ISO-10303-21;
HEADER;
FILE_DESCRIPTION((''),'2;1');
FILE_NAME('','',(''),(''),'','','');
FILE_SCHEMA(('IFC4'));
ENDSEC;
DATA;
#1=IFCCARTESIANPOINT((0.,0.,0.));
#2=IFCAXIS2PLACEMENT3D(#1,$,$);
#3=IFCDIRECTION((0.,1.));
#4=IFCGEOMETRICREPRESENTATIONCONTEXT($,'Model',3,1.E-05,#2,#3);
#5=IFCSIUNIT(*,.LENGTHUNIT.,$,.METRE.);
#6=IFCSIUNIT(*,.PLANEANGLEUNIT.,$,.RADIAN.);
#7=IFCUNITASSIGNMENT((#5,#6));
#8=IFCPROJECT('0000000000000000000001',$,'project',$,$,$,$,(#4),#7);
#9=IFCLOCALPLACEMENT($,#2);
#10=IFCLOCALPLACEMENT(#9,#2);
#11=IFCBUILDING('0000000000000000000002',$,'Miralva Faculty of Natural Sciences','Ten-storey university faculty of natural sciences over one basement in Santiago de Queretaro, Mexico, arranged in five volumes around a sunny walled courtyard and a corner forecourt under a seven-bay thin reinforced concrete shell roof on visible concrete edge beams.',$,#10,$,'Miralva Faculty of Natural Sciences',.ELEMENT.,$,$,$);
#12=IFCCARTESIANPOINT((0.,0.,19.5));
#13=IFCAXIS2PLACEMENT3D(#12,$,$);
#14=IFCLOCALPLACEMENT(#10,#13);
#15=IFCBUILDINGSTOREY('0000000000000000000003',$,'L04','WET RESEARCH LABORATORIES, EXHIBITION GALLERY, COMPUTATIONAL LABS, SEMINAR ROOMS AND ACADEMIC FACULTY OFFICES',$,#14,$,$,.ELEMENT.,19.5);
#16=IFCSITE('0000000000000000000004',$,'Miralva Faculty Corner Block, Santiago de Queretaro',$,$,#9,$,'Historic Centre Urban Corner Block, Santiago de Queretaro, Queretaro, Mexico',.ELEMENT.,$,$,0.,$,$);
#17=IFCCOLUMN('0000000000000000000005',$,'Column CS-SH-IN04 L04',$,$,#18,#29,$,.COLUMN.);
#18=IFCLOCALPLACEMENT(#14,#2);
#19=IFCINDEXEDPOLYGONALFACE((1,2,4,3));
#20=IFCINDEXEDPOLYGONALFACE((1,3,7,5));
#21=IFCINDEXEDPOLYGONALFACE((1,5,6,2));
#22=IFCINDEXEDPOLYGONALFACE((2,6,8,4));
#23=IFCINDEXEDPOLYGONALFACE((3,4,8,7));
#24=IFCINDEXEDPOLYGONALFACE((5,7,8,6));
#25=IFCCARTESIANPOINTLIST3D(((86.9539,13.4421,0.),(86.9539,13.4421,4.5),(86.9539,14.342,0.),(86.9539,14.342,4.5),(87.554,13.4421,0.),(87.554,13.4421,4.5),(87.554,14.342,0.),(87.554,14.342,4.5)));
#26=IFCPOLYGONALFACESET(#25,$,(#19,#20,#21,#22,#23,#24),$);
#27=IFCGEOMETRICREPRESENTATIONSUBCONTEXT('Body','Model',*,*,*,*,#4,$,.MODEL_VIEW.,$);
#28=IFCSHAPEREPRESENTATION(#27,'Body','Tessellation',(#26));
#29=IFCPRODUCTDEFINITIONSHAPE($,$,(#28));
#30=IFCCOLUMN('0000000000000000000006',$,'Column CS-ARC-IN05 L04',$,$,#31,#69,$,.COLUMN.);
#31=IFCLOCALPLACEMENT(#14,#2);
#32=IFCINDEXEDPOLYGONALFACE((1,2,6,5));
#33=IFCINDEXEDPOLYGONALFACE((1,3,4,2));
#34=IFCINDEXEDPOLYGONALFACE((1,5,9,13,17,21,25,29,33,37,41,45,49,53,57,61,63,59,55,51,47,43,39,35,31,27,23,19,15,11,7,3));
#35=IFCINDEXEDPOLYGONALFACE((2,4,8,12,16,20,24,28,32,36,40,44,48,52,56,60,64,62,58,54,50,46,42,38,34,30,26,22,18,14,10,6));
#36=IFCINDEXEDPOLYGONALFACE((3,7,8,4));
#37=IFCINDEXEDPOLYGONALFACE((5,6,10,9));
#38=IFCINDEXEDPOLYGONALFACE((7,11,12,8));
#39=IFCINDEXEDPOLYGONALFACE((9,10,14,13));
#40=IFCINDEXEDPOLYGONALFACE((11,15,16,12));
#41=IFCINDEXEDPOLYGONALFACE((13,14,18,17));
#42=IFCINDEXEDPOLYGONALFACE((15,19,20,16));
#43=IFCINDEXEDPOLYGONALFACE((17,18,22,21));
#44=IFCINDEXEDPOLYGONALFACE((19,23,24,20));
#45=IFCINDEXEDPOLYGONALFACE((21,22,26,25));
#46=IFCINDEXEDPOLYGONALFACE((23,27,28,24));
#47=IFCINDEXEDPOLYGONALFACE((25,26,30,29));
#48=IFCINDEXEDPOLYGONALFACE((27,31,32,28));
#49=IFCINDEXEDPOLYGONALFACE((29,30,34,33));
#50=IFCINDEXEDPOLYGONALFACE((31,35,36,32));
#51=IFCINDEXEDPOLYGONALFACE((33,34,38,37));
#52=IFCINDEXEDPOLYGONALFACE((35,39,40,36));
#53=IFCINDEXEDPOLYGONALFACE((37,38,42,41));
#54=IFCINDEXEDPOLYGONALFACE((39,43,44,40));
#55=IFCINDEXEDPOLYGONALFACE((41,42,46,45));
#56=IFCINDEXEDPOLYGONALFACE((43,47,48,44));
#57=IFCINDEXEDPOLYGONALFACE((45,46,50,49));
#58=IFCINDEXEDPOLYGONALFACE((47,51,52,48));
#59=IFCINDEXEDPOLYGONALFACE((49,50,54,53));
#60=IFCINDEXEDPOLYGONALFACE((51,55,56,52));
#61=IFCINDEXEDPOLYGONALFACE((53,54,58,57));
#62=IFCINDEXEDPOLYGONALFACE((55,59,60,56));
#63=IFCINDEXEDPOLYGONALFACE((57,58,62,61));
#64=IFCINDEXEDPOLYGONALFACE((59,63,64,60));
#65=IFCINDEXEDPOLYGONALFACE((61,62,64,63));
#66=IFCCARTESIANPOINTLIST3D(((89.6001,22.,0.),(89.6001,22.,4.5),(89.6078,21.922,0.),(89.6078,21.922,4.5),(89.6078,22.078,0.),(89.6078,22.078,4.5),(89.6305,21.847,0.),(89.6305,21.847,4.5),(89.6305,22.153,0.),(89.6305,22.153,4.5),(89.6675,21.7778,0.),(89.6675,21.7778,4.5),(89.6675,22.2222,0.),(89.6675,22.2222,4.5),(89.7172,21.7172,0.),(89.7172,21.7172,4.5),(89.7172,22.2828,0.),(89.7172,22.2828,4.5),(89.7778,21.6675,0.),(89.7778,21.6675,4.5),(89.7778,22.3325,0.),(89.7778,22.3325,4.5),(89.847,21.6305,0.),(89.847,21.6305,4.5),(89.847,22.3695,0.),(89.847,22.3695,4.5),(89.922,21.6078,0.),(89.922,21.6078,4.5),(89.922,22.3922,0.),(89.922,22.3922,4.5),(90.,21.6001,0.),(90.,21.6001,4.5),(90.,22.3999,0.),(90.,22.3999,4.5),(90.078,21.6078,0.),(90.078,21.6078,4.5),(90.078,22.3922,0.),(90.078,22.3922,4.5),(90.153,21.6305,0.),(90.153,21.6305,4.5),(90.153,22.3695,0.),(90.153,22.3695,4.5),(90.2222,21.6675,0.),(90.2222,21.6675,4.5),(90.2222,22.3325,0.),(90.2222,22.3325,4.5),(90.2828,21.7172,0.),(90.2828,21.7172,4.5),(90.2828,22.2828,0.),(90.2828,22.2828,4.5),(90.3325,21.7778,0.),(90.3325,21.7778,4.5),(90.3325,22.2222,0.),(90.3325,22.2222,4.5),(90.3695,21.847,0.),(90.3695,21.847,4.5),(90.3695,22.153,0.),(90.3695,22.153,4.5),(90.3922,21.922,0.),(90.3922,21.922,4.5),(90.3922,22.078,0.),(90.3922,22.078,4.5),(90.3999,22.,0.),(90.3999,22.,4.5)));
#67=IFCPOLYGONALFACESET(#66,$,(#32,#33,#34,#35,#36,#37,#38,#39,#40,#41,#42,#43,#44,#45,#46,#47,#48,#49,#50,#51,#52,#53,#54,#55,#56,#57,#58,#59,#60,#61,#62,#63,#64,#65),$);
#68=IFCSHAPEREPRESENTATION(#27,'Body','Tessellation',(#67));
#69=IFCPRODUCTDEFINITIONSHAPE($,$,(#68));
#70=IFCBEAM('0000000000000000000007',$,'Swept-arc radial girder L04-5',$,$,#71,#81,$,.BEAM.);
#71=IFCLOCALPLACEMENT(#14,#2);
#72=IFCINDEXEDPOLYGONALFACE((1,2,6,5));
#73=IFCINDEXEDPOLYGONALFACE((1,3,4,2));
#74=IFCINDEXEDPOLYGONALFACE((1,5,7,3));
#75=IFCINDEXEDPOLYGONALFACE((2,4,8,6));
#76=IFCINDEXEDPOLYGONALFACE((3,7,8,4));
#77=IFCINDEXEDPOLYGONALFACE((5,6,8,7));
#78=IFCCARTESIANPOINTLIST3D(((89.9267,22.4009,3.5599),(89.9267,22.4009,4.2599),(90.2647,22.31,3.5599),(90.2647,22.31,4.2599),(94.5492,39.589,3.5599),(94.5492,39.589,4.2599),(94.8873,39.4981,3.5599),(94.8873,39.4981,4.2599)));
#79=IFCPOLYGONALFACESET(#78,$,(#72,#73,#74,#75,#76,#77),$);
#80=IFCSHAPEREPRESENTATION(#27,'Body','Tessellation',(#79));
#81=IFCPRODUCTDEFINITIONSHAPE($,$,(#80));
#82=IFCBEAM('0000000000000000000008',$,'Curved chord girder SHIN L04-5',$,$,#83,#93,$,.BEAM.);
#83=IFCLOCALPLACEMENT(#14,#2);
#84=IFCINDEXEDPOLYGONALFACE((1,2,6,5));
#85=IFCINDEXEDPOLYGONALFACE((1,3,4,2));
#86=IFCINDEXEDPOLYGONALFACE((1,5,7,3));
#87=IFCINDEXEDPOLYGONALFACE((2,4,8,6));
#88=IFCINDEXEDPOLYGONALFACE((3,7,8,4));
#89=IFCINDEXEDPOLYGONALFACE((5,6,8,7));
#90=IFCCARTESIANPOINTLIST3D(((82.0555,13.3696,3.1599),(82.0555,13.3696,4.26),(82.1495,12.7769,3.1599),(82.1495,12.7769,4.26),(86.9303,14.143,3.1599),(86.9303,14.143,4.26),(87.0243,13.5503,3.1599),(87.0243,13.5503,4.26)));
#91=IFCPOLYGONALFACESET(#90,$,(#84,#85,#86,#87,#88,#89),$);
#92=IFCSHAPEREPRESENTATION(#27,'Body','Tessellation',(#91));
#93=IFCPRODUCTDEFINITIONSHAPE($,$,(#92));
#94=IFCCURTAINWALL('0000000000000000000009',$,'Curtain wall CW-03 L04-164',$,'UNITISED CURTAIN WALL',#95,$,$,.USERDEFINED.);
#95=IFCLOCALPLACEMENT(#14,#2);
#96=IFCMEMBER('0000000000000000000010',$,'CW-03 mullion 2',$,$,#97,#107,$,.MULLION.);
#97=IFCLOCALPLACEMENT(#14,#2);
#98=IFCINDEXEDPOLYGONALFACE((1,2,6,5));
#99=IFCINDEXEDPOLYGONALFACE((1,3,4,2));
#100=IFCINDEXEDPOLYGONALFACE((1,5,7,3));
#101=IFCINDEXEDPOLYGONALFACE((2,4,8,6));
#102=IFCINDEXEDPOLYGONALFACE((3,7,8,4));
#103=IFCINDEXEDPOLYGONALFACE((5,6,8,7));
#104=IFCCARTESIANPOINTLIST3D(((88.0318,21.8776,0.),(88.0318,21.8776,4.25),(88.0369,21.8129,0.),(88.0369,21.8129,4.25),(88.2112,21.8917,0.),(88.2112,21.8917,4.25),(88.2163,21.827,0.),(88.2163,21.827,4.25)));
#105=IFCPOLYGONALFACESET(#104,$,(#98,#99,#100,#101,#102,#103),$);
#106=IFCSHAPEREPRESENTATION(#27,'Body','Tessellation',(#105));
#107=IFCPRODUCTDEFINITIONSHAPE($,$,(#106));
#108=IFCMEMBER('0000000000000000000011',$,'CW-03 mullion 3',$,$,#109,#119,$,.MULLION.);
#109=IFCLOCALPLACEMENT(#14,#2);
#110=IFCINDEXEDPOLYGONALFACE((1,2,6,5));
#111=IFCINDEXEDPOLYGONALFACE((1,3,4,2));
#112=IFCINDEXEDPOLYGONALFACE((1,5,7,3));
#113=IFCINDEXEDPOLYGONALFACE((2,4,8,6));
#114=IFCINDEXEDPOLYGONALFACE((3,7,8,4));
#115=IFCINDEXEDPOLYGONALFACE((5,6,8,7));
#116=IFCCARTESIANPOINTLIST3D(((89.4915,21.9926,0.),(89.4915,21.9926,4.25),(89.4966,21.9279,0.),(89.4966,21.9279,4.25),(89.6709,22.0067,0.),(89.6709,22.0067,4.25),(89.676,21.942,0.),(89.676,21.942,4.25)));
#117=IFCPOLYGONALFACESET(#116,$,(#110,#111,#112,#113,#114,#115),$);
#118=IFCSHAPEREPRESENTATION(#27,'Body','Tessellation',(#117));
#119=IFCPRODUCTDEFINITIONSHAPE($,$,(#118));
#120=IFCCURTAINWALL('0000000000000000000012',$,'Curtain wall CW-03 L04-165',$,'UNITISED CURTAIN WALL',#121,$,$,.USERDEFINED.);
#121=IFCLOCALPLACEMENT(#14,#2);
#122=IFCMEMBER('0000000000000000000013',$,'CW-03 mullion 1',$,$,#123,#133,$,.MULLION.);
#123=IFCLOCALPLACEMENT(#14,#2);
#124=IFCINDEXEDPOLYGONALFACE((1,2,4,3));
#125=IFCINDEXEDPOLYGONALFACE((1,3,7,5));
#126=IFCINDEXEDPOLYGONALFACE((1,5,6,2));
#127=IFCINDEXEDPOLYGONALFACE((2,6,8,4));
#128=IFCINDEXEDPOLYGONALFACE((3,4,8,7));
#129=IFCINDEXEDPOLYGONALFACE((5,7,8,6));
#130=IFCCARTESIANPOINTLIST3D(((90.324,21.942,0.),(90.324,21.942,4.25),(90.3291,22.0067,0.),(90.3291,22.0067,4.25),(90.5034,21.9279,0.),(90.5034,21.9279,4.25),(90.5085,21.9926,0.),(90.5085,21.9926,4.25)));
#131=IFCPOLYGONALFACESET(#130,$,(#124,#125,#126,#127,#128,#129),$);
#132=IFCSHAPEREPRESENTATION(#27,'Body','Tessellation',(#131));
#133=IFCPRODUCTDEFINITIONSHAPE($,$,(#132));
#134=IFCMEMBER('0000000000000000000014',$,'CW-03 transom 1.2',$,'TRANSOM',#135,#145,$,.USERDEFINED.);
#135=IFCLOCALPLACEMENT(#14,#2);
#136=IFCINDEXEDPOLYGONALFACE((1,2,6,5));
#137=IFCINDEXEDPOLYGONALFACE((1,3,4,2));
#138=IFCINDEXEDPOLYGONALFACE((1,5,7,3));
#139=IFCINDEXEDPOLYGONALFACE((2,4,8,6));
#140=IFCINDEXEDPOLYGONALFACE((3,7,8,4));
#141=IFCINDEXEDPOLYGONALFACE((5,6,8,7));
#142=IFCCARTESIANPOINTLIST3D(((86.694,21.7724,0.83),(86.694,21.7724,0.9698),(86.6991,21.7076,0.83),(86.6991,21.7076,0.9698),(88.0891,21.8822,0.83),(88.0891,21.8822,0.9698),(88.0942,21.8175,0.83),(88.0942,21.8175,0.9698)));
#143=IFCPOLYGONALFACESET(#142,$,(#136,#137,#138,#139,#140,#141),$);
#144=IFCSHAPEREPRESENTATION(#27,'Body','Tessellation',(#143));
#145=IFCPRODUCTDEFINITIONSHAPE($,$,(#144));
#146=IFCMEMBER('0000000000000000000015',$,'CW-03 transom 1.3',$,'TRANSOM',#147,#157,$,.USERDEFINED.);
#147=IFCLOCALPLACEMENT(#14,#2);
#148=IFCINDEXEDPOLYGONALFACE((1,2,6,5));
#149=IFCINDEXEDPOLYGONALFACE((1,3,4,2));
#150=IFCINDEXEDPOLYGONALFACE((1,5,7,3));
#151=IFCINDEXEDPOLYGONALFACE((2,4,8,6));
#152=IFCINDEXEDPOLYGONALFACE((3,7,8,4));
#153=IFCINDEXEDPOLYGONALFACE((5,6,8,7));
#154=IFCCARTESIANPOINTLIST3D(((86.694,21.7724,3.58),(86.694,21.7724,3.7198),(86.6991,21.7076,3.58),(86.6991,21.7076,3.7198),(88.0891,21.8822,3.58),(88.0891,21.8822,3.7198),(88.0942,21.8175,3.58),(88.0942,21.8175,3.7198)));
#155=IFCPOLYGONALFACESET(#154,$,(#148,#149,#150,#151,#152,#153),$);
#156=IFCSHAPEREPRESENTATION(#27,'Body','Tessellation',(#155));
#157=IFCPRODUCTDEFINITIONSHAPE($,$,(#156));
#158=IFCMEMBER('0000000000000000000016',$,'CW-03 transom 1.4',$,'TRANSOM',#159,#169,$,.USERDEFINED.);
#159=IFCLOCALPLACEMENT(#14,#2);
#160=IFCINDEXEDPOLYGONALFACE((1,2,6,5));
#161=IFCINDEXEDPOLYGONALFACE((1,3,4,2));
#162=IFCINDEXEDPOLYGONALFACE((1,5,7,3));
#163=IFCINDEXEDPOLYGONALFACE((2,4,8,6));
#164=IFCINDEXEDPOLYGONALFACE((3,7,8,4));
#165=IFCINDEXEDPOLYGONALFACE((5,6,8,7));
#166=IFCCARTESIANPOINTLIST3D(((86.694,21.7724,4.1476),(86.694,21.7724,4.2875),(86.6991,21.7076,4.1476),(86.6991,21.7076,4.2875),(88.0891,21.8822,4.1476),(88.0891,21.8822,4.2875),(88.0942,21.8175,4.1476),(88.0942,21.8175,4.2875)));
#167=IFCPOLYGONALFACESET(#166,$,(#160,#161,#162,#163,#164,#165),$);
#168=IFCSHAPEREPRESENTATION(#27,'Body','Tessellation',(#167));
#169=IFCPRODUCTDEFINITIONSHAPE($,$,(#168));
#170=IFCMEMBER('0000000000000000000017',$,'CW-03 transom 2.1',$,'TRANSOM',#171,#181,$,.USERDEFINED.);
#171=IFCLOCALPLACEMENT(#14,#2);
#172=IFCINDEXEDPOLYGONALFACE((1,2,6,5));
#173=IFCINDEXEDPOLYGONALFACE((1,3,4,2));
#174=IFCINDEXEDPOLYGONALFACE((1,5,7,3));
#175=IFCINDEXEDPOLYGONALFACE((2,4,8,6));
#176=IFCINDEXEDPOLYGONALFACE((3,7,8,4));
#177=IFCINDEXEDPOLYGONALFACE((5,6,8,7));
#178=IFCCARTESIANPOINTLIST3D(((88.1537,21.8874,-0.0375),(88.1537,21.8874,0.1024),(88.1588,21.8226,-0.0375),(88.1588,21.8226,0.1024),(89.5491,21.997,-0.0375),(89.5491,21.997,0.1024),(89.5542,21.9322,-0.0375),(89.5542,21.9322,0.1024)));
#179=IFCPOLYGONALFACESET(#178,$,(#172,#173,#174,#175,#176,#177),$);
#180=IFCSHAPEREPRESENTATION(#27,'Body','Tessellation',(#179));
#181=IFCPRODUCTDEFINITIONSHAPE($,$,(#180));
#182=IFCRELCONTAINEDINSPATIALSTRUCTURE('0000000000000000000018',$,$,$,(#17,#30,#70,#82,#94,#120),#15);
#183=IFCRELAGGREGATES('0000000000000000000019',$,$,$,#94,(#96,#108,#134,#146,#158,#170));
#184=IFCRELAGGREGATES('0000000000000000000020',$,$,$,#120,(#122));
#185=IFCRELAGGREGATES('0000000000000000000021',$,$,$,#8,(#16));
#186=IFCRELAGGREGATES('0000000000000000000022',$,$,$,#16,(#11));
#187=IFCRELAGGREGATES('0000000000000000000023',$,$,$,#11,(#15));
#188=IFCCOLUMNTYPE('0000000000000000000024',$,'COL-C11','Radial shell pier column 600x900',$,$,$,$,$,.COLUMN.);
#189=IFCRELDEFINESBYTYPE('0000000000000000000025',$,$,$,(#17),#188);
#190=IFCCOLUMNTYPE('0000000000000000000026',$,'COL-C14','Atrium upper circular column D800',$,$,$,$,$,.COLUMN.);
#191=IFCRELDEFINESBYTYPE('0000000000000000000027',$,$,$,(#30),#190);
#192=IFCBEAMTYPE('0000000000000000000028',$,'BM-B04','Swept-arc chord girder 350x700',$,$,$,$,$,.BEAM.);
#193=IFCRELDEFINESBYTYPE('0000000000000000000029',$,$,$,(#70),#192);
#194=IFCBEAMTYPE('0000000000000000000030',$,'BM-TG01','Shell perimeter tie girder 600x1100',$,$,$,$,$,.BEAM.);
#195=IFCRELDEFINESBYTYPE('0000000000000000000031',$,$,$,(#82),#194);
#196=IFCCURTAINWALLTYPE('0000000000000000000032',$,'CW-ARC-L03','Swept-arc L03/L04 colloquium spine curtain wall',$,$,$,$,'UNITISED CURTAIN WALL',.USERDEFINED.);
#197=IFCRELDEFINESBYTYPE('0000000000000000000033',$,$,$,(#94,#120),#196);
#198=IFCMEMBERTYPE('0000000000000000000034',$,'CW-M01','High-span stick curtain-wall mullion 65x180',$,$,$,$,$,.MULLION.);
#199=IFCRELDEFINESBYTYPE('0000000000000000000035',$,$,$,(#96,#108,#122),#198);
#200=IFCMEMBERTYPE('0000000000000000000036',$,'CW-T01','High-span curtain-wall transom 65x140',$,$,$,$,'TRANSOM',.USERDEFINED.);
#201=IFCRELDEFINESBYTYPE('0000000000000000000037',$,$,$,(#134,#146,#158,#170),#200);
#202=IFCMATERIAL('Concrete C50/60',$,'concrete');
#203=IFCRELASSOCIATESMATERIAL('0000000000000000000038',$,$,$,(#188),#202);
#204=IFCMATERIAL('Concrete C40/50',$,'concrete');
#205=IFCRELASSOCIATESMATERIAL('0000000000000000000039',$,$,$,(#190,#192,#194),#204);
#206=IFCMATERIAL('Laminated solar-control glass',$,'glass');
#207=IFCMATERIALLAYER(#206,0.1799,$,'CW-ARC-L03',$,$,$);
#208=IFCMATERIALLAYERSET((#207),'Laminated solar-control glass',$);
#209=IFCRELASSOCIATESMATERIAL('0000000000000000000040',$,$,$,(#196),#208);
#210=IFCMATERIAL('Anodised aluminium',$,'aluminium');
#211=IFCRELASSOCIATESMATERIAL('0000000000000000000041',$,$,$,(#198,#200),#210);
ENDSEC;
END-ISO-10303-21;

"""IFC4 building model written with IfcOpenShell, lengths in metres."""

from ifc_helpers import new_model, si_unit, direction, frame, origin, origin_2d, place, context, subcontext, project, spatial, rectangle, circle, extrude, material, layer, layer_set, material_profile, profile_set, type_object, element, aggregate, save


model = new_model("IFC4")

# Units and contexts
model_context = context("Model", 3, precision=1e-05, world=origin(), true_north=direction((0.0, 1.0)))
body_context = subcontext(model_context, "Body", "Model", "MODEL_VIEW")
ifc_project = project(units=[si_unit("LENGTHUNIT", "METRE"), si_unit("PLANEANGLEUNIT", "RADIAN")], contexts=[model_context])

# Site, building, storey
site_placement = place(None, origin())
site = spatial("IfcSite", under=ifc_project, at=site_placement, Name="Miralva Faculty Corner Block, Santiago de Queretaro", LongName="Historic Centre Urban Corner Block, Santiago de Queretaro, Queretaro, Mexico", CompositionType="ELEMENT", RefElevation=0.0)
building_placement = place(site_placement, origin())
building = spatial("IfcBuilding", under=site, at=building_placement, Name="Miralva Faculty of Natural Sciences", Description="Ten-storey university faculty of natural sciences over one basement in Santiago de Queretaro, Mexico, arranged in five volumes around a sunny walled courtyard and a corner forecourt under a seven-bay thin reinforced concrete shell roof on visible concrete edge beams.", LongName="Miralva Faculty of Natural Sciences", CompositionType="ELEMENT")
storey_placement = place(building_placement, frame((0.0, 0.0, 19.5)))
storey = spatial("IfcBuildingStorey", under=building, at=storey_placement, Name="L04", Description="WET RESEARCH LABORATORIES, EXHIBITION GALLERY, COMPUTATIONAL LABS, SEMINAR ROOMS AND ACADEMIC FACULTY OFFICES", CompositionType="ELEMENT", Elevation=19.5)

# Columns
ifc_material_1 = material(Name="Concrete C50/60", Category="concrete")
ifc_material_profile_1 = material_profile(ifc_material_1, rectangle(XDim=0.6001, YDim=0.8999, at=origin_2d()), Name="RC 600x900")
ifc_profile_set_1 = profile_set([ifc_material_profile_1], Name="Concrete C50/60")
column_type_1 = type_object("IfcColumnType", Name="COL-C11", Description="Radial shell pier column 600x900", PredefinedType="COLUMN", material=ifc_profile_set_1)
column_1_placement = place(storey_placement, frame((87.2539, 13.8921, 0.0), z_axis=(0.0, 0.0, 1.0), x_axis=(1.0, 0.0, 0.0)))
element("IfcColumn", 1, at=column_1_placement, inside=storey, type_object=column_type_1, Name="Column CS-SH-IN04 L04", PredefinedType="COLUMN", context=body_context, shape_type="SweptSolid", body=[
    extrude(rectangle(XDim=0.6001, YDim=0.8999, at=origin_2d()), origin(), (0.0, 0.0, 1.0), 4.5),
])
ifc_material_2 = material(Name="Concrete C40/50", Category="concrete")
ifc_material_profile_2 = material_profile(ifc_material_2, circle(Radius=0.3999, at=origin_2d()), Name="RC DIA 800")
ifc_profile_set_2 = profile_set([ifc_material_profile_2], Name="Concrete C40/50")
column_type_2 = type_object("IfcColumnType", Name="COL-C14", Description="Atrium upper circular column D800", PredefinedType="COLUMN", material=ifc_profile_set_2)
column_2_placement = place(storey_placement, frame((90.0, 22.0, 0.0), z_axis=(0.0, 0.0, 1.0), x_axis=(1.0, 0.0, 0.0)))
element("IfcColumn", 2, at=column_2_placement, inside=storey, type_object=column_type_2, Name="Column CS-ARC-IN05 L04", PredefinedType="COLUMN", context=body_context, shape_type="SweptSolid", body=[
    extrude(circle(Radius=0.3999, at=origin_2d()), origin(), (0.0, 0.0, 1.0), 4.5),
])

# Beams
ifc_material_profile_3 = material_profile(ifc_material_2, rectangle(XDim=0.3501, YDim=0.7, at=origin_2d()), Name="RC 350x700")
ifc_profile_set_3 = profile_set([ifc_material_profile_3], Name="Concrete C40/50")
beam_type_1 = type_object("IfcBeamType", Name="BM-B04", Description="Swept-arc chord girder 350x700", PredefinedType="BEAM", material=ifc_profile_set_3)
beam_1_placement = place(storey_placement, frame((90.0957, 22.3555, 3.9099), z_axis=(0.259713, 0.965686, 0.0), x_axis=(-0.965686, 0.259713, 0.0)))
element("IfcBeam", 3, at=beam_1_placement, inside=storey, type_object=beam_type_1, Name="Swept-arc radial girder L04-5", PredefinedType="BEAM", context=body_context, shape_type="SweptSolid", body=[
    extrude(rectangle(XDim=0.3501, YDim=0.7, at=origin_2d()), origin(), (0.0, 0.0, 1.0), 17.7988),
])
ifc_material_profile_4 = material_profile(ifc_material_2, rectangle(XDim=0.6001, YDim=1.1001, at=origin_2d()), Name="RC 600x1100")
ifc_profile_set_4 = profile_set([ifc_material_profile_4], Name="Concrete C40/50")
beam_type_2 = type_object("IfcBeamType", Name="BM-TG01", Description="Shell perimeter tie girder 600x1100", PredefinedType="BEAM", material=ifc_profile_set_4)
beam_2_placement = place(storey_placement, frame((86.9773, 13.8467, 3.71), z_axis=(-0.987646, -0.156702, 0.0), x_axis=(0.156702, -0.987646, 0.0)))
element("IfcBeam", 4, at=beam_2_placement, inside=storey, type_object=beam_type_2, Name="Curved chord girder SHIN L04-5", PredefinedType="BEAM", context=body_context, shape_type="SweptSolid", body=[
    extrude(rectangle(XDim=0.6001, YDim=1.1001, at=origin_2d()), origin(), (0.0, 0.0, 1.0), 4.9358),
])

# Curtain wall, members
ifc_material_3 = material(Name="Laminated solar-control glass", Category="glass")
ifc_layer_1 = layer(ifc_material_3, 0.1799, Name="CW-ARC-L03")
ifc_layer_set_1 = layer_set([ifc_layer_1], Name="Laminated solar-control glass")
curtain_wall_type = type_object("IfcCurtainWallType", Name="CW-ARC-L03", Description="Swept-arc L03/L04 colloquium spine curtain wall", ElementType="UNITISED CURTAIN WALL", PredefinedType="USERDEFINED", material=ifc_layer_set_1)
curtain_wall_1_placement = place(storey_placement, origin())
curtain_wall_1 = element("IfcCurtainWall", 5, at=curtain_wall_1_placement, inside=storey, type_object=curtain_wall_type, Name="Curtain wall CW-03 L04-164", ObjectType="UNITISED CURTAIN WALL", PredefinedType="USERDEFINED")
ifc_material_4 = material(Name="Anodised aluminium", Category="aluminium")
ifc_material_profile_5 = material_profile(ifc_material_4, rectangle(XDim=0.0649, YDim=0.1799, at=origin_2d()), Name="MULLION 65x180")
ifc_profile_set_5 = profile_set([ifc_material_profile_5], Name="Anodised aluminium")
member_type_1 = type_object("IfcMemberType", Name="CW-M01", Description="High-span stick curtain-wall mullion 65x180", PredefinedType="MULLION", material=ifc_profile_set_5)
member_1_placement = place(storey_placement, frame((88.124, 21.8523, 0.0), z_axis=(0.0, 0.0, 1.0), x_axis=(-0.078464, 0.996917, 0.0)))
member_1 = element("IfcMember", 6, at=member_1_placement, type_object=member_type_1, Name="CW-03 mullion 2", PredefinedType="MULLION", context=body_context, shape_type="SweptSolid", body=[
    extrude(rectangle(XDim=0.0649, YDim=0.1799, at=origin_2d()), origin(), (0.0, 0.0, 1.0), 4.25),
])
member_2_placement = place(storey_placement, frame((89.5837, 21.9673, 0.0), z_axis=(0.0, 0.0, 1.0), x_axis=(-0.078464, 0.996917, 0.0)))
member_2 = element("IfcMember", 7, at=member_2_placement, type_object=member_type_1, Name="CW-03 mullion 3", PredefinedType="MULLION", context=body_context, shape_type="SweptSolid", body=[
    extrude(rectangle(XDim=0.0649, YDim=0.1799, at=origin_2d()), origin(), (0.0, 0.0, 1.0), 4.25),
])

# Curtain wall, member
curtain_wall_2_placement = place(storey_placement, origin())
curtain_wall_2 = element("IfcCurtainWall", 8, at=curtain_wall_2_placement, inside=storey, type_object=curtain_wall_type, Name="Curtain wall CW-03 L04-165", ObjectType="UNITISED CURTAIN WALL", PredefinedType="USERDEFINED")
member_3_placement = place(storey_placement, frame((90.4163, 21.9673, 0.0), z_axis=(0.0, 0.0, 1.0), x_axis=(0.078462, 0.996917, 0.0)))
member_3 = element("IfcMember", 9, at=member_3_placement, type_object=member_type_1, Name="CW-03 mullion 1", PredefinedType="MULLION", context=body_context, shape_type="SweptSolid", body=[
    extrude(rectangle(XDim=0.0649, YDim=0.1799, at=origin_2d()), origin(), (0.0, 0.0, 1.0), 4.25),
])

# Members
ifc_material_profile_6 = material_profile(ifc_material_4, rectangle(XDim=0.0649, YDim=0.1399, at=origin_2d()), Name="TRANSOM 65x140")
ifc_profile_set_6 = profile_set([ifc_material_profile_6], Name="Anodised aluminium")
member_type_2 = type_object("IfcMemberType", Name="CW-T01", Description="High-span curtain-wall transom 65x140", ElementType="TRANSOM", PredefinedType="USERDEFINED", material=ifc_profile_set_6)
member_4_placement = place(storey_placement, frame((86.6965, 21.74, 0.8999), z_axis=(0.996913, 0.078511, 0.0), x_axis=(-0.078511, 0.996913, 0.0)))
member_4 = element("IfcMember", 10, at=member_4_placement, type_object=member_type_2, Name="CW-03 transom 1.2", ObjectType="TRANSOM", PredefinedType="USERDEFINED", context=body_context, shape_type="SweptSolid", body=[
    extrude(rectangle(XDim=0.0649, YDim=0.1399, at=origin_2d()), origin(), (0.0, 0.0, 1.0), 1.3994),
])
member_5_placement = place(storey_placement, frame((86.6965, 21.74, 3.6499), z_axis=(0.996913, 0.078511, 0.0), x_axis=(-0.078511, 0.996913, 0.0)))
member_5 = element("IfcMember", 11, at=member_5_placement, type_object=member_type_2, Name="CW-03 transom 1.3", ObjectType="TRANSOM", PredefinedType="USERDEFINED", context=body_context, shape_type="SweptSolid", body=[
    extrude(rectangle(XDim=0.0649, YDim=0.1399, at=origin_2d()), origin(), (0.0, 0.0, 1.0), 1.3994),
])
member_6_placement = place(storey_placement, frame((86.6965, 21.74, 4.2175), z_axis=(0.996913, 0.078511, 0.0), x_axis=(-0.078511, 0.996913, 0.0)))
member_6 = element("IfcMember", 12, at=member_6_placement, type_object=member_type_2, Name="CW-03 transom 1.4", ObjectType="TRANSOM", PredefinedType="USERDEFINED", context=body_context, shape_type="SweptSolid", body=[
    extrude(rectangle(XDim=0.0649, YDim=0.1399, at=origin_2d()), origin(), (0.0, 0.0, 1.0), 1.3994),
])
member_7_placement = place(storey_placement, frame((88.1562, 21.855, 0.0325), z_axis=(0.996928, 0.078324, 0.0), x_axis=(-0.078324, 0.996928, 0.0)))
member_7 = element("IfcMember", 13, at=member_7_placement, type_object=member_type_2, Name="CW-03 transom 2.1", ObjectType="TRANSOM", PredefinedType="USERDEFINED", context=body_context, shape_type="SweptSolid", body=[
    extrude(rectangle(XDim=0.0649, YDim=0.1399, at=origin_2d()), origin(), (0.0, 0.0, 1.0), 1.3997),
])

aggregate(curtain_wall_1, [member_1, member_2, member_4, member_5, member_6, member_7])
aggregate(curtain_wall_2, [member_3])

save(model, "model.ifc")
